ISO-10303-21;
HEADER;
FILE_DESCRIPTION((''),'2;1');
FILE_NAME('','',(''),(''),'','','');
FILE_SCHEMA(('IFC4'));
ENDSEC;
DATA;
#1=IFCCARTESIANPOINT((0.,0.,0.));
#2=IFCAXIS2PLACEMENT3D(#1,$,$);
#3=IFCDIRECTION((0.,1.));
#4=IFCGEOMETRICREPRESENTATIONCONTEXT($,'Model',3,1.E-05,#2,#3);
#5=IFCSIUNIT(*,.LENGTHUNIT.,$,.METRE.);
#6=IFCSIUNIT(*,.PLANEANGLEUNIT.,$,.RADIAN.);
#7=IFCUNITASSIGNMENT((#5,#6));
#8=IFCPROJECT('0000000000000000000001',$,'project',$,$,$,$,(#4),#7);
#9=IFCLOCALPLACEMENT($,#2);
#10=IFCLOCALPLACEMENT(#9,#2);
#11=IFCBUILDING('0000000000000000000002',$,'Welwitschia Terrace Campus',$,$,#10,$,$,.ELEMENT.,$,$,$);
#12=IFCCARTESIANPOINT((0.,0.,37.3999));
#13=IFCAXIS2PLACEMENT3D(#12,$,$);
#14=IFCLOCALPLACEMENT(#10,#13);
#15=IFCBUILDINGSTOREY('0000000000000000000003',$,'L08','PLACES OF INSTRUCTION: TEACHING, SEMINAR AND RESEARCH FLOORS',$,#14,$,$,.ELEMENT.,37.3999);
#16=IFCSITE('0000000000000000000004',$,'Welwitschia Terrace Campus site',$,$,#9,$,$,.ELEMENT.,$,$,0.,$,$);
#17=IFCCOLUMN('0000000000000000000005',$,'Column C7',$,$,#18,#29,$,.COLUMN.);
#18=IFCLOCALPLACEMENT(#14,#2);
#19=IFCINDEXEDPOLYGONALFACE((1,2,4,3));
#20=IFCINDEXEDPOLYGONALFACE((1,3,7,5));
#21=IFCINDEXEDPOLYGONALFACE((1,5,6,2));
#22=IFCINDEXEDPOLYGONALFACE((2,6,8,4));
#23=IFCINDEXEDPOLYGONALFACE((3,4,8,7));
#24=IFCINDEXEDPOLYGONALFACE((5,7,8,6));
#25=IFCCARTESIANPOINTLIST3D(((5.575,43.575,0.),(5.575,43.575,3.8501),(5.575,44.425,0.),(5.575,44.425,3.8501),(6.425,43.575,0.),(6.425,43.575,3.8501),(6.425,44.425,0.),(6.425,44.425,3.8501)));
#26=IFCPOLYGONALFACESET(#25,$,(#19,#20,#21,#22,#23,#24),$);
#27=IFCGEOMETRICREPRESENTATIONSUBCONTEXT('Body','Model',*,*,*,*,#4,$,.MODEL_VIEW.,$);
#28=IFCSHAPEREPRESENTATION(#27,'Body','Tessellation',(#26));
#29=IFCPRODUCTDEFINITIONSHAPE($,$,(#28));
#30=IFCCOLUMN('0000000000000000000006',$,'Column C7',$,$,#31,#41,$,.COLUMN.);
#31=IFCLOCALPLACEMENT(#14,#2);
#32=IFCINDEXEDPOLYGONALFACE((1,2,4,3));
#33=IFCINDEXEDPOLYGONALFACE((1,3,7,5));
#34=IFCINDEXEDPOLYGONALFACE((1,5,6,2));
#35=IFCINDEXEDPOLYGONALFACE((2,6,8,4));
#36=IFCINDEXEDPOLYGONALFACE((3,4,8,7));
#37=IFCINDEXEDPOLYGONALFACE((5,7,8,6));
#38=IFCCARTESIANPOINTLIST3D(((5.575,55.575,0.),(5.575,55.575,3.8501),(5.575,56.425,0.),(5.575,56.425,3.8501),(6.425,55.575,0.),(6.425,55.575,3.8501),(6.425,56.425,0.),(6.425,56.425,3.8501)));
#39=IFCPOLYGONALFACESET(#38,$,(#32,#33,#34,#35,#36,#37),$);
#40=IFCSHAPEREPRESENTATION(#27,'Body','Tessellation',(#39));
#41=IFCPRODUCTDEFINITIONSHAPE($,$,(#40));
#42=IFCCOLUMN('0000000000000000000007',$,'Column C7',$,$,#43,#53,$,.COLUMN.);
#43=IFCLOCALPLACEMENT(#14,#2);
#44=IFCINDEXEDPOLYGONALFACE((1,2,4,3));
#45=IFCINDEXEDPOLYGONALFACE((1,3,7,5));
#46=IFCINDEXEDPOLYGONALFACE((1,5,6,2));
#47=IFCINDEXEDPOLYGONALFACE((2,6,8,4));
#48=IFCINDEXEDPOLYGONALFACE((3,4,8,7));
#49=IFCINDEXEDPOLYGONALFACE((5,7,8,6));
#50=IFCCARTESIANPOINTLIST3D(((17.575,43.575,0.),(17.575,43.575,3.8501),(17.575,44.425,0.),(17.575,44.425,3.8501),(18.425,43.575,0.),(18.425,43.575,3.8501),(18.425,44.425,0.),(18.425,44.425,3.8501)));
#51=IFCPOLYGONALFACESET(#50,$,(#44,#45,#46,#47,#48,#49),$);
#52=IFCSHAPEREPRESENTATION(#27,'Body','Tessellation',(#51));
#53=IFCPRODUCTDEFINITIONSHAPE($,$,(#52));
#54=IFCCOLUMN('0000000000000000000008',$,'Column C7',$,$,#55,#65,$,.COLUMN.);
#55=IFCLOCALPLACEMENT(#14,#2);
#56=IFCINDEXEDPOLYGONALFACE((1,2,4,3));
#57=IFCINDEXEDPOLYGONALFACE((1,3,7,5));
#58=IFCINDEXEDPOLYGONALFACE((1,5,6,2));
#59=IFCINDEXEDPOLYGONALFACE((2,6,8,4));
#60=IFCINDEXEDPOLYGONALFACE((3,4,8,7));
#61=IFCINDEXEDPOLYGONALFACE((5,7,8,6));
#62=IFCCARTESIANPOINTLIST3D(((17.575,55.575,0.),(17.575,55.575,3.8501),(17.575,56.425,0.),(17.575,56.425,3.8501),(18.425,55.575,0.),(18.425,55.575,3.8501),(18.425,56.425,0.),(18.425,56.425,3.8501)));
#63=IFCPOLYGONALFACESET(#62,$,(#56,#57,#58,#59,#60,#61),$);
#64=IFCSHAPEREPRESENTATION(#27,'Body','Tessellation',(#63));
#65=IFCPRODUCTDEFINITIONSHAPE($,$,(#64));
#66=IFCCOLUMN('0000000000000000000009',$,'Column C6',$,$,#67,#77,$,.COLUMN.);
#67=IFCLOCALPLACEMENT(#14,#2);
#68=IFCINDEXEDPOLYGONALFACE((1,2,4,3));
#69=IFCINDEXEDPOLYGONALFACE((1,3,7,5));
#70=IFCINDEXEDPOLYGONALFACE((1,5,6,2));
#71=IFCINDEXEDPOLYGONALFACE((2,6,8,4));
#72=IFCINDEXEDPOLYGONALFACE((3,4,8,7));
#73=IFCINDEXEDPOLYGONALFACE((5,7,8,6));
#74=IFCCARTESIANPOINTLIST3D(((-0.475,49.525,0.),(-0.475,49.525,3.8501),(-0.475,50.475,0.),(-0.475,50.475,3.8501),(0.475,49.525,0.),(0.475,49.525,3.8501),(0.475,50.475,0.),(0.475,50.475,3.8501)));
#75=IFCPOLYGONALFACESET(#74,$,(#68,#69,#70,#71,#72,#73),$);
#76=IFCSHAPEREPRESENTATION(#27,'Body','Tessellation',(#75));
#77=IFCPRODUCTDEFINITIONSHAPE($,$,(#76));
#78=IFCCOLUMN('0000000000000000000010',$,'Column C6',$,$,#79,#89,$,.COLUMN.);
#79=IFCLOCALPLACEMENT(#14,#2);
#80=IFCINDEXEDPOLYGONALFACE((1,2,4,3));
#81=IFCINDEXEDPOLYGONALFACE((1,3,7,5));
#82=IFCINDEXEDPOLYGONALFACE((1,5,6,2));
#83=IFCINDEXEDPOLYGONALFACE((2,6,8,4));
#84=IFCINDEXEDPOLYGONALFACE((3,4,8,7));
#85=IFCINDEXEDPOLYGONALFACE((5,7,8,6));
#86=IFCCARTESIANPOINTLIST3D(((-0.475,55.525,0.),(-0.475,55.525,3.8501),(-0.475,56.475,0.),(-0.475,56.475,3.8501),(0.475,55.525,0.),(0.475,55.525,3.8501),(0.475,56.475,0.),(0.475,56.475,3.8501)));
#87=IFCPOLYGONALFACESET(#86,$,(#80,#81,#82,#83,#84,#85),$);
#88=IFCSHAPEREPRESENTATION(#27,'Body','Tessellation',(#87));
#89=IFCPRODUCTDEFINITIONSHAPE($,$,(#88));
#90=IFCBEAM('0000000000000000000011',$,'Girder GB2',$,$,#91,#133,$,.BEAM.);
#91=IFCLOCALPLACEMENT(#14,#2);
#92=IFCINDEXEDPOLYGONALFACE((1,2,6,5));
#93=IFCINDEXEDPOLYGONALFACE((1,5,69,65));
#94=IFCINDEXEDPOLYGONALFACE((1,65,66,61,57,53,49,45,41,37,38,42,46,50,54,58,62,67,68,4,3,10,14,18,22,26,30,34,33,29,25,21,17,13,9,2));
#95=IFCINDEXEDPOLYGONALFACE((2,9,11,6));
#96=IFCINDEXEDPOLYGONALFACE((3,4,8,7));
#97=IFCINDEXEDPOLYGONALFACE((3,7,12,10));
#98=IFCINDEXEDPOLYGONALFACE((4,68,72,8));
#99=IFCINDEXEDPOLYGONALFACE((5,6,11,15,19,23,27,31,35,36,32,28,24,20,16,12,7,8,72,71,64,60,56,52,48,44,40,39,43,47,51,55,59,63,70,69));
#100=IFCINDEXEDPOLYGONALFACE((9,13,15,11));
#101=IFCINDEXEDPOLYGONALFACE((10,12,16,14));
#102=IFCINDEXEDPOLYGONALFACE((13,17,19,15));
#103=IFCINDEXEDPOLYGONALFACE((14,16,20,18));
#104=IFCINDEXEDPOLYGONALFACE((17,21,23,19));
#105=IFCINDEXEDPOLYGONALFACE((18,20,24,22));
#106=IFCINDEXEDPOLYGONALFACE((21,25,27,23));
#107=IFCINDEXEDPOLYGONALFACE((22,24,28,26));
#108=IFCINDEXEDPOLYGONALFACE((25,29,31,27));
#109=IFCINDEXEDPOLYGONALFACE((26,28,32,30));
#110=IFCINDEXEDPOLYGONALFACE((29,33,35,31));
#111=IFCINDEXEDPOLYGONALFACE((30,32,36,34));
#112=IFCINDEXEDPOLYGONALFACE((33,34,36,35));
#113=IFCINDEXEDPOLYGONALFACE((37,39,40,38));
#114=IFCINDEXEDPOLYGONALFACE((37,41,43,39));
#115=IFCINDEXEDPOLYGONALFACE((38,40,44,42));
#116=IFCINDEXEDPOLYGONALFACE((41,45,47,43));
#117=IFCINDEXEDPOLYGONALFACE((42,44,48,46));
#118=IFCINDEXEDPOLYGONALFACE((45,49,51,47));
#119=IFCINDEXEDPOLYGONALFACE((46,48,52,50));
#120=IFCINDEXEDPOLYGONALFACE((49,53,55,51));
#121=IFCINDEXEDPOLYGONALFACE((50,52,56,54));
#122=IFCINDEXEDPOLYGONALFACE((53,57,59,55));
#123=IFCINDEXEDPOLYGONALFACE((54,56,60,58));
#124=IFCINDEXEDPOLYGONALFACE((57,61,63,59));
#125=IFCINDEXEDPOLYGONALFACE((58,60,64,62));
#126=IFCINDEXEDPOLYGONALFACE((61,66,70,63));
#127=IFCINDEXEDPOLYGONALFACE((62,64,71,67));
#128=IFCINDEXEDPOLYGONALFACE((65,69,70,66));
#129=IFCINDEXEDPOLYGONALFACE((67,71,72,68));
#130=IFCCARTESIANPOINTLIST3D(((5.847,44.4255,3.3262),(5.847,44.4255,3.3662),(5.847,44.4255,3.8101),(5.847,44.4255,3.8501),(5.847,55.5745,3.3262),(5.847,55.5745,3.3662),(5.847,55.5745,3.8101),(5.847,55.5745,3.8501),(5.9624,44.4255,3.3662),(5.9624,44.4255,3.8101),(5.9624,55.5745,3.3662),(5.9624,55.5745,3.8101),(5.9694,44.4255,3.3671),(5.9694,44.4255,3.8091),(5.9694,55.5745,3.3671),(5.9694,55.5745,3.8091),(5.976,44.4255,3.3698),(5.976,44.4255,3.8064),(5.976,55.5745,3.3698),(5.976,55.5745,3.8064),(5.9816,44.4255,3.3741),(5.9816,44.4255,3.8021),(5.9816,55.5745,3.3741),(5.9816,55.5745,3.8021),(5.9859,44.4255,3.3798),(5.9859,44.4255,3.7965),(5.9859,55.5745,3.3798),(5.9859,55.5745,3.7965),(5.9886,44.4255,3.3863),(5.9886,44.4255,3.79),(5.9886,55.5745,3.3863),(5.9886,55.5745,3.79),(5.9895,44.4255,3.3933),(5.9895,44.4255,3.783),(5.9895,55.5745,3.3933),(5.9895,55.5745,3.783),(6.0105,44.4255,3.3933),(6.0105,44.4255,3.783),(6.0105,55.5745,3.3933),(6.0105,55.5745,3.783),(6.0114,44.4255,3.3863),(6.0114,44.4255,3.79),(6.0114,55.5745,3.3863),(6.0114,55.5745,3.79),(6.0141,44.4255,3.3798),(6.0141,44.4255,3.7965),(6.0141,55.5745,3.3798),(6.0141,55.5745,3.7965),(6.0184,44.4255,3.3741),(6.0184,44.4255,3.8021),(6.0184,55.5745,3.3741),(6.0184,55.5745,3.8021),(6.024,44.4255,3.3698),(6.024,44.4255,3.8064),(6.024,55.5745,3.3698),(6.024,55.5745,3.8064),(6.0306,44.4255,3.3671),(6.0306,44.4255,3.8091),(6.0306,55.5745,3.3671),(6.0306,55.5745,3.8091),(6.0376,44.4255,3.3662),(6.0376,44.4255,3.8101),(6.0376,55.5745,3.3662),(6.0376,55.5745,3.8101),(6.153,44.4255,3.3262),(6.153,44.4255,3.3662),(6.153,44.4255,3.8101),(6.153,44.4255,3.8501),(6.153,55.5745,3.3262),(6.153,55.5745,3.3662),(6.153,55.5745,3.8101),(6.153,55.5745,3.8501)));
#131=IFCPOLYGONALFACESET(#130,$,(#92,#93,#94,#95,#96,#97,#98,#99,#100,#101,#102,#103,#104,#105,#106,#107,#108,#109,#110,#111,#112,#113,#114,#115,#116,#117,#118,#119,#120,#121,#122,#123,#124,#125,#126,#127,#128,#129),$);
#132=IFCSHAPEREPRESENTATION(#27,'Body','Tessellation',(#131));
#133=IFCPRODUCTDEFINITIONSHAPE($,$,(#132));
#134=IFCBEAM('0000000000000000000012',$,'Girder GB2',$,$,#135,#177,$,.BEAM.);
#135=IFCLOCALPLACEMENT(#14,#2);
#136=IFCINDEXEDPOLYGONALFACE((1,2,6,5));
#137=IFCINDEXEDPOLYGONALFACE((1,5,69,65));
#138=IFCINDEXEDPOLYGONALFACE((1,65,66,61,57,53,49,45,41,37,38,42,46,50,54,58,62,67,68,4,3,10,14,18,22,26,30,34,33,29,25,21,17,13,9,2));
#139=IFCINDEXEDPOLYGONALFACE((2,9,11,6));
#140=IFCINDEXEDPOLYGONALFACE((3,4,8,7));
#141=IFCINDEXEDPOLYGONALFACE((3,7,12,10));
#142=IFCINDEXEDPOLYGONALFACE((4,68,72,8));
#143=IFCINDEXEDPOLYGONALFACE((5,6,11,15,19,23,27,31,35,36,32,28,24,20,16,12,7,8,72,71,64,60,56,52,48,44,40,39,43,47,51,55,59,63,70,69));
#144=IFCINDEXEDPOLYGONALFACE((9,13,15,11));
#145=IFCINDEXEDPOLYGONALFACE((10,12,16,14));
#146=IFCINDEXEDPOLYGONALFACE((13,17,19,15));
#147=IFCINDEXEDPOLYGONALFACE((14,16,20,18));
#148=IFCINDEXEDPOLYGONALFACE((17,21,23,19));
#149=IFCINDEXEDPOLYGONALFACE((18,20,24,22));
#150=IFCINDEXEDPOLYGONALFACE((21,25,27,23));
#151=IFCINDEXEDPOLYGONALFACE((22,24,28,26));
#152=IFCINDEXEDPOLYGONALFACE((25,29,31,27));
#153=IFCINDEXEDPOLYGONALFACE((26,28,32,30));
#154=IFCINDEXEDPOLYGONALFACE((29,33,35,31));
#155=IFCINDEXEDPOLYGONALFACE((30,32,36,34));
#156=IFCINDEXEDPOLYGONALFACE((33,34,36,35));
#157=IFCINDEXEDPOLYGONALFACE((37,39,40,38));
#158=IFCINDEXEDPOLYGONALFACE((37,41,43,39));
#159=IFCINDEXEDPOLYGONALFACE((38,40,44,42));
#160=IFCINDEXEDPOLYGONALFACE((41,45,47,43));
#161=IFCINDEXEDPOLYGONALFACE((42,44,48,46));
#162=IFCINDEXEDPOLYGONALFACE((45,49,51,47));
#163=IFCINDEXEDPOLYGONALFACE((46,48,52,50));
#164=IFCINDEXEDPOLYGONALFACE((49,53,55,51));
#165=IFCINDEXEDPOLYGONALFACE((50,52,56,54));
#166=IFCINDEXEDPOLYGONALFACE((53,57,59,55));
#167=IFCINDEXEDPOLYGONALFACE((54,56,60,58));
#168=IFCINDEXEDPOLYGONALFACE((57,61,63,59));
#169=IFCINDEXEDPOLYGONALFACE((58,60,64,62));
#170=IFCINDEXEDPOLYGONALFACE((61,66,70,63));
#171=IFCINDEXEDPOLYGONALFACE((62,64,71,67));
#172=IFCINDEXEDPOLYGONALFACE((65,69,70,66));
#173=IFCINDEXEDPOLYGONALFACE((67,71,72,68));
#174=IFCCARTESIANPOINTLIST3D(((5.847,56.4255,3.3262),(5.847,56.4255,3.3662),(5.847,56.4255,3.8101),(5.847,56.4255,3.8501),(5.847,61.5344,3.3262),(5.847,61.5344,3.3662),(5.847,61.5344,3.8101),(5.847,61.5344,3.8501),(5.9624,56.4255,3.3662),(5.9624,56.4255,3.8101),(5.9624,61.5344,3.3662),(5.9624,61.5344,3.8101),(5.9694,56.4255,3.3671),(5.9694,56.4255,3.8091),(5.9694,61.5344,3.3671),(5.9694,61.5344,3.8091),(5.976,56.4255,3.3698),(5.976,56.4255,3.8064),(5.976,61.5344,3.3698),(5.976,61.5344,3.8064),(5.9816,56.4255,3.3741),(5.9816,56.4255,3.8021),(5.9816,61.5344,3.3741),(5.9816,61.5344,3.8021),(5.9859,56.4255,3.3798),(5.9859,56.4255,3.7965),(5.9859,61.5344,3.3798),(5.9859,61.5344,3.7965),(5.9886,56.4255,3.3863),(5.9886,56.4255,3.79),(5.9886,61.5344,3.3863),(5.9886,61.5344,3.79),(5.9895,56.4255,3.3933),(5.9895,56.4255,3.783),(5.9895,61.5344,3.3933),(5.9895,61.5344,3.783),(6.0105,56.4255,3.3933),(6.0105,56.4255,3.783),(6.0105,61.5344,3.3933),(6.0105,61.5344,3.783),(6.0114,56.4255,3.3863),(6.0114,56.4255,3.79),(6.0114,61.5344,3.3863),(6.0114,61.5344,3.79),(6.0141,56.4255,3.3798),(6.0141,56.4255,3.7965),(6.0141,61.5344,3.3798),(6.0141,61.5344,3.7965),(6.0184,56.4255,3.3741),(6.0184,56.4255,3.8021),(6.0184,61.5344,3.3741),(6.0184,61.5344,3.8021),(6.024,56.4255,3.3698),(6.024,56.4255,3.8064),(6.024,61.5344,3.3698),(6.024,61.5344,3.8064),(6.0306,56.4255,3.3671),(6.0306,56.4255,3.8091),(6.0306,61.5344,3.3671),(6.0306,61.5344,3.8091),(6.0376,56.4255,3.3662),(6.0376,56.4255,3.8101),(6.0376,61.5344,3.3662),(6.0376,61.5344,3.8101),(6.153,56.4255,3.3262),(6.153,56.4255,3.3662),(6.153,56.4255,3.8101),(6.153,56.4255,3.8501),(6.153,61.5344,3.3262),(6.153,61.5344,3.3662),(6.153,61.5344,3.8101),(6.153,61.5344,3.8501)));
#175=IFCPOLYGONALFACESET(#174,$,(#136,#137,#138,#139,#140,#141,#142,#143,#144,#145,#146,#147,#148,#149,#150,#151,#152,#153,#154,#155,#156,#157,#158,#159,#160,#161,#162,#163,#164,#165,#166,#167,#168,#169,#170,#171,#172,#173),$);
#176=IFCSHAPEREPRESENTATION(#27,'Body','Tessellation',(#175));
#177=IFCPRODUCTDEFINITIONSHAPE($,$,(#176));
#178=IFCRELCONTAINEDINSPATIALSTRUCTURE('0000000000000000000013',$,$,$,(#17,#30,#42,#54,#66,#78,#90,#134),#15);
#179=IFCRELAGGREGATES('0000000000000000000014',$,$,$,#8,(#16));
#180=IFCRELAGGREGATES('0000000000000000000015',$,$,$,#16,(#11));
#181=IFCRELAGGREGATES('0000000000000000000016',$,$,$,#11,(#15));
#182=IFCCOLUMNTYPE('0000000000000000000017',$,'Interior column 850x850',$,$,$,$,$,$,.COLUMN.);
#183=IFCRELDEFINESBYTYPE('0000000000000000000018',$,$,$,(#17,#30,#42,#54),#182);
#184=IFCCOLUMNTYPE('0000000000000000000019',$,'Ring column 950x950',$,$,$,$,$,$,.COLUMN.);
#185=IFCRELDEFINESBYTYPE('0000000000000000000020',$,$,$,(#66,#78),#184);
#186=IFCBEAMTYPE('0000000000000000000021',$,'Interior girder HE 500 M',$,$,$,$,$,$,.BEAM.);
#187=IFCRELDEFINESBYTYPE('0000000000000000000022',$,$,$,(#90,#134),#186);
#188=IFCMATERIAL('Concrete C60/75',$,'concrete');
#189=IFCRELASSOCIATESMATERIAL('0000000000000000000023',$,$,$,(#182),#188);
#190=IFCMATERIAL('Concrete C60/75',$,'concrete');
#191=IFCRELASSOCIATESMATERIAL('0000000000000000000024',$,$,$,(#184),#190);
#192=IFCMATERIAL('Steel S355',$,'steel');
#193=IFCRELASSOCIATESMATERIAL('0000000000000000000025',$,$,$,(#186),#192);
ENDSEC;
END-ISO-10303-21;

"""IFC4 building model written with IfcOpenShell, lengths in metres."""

from ifc_helpers import new_model, si_unit, direction, frame, origin, origin_2d, place, context, subcontext, project, spatial, rectangle, i_section, extrude, material, material_profile, profile_set, type_object, element, save


model = new_model("IFC4")

# Units and contexts
model_context = context("Model", 3, precision=1e-05, world=origin(), true_north=direction((0.0, 1.0)))
body_context = subcontext(model_context, "Body", "Model", "MODEL_VIEW")
ifc_project = project(units=[si_unit("LENGTHUNIT", "METRE"), si_unit("PLANEANGLEUNIT", "RADIAN")], contexts=[model_context])

# Site, building, storey
site_placement = place(None, origin())
site = spatial("IfcSite", under=ifc_project, at=site_placement, Name="Welwitschia Terrace Campus site", CompositionType="ELEMENT", RefElevation=0.0)
building_placement = place(site_placement, origin())
building = spatial("IfcBuilding", under=site, at=building_placement, Name="Welwitschia Terrace Campus", CompositionType="ELEMENT")
storey_placement = place(building_placement, frame((0.0, 0.0, 37.3999)))
storey = spatial("IfcBuildingStorey", under=building, at=storey_placement, Name="L08", Description="PLACES OF INSTRUCTION: TEACHING, SEMINAR AND RESEARCH FLOORS", CompositionType="ELEMENT", Elevation=37.3999)

# Columns
ifc_material_1 = material(Name="Concrete C60/75", Category="concrete")
ifc_material_profile_1 = material_profile(ifc_material_1, rectangle(XDim=0.8501, YDim=0.8501, at=origin_2d()))
ifc_profile_set_1 = profile_set([ifc_material_profile_1], Name="Concrete C60/75")
column_type_1 = type_object("IfcColumnType", Name="Interior column 850x850", PredefinedType="COLUMN", material=ifc_profile_set_1)
for number, where, z_axis, x_axis, name in (
    (1, (6.0, 44.0, 0.0), (0.0, 0.0, 1.0), (1.0, 0.0, 0.0), "Column C7"),
    (2, (6.0, 56.0, 0.0), (0.0, 0.0, 1.0), (1.0, 0.0, 0.0), "Column C7"),
    (3, (18.0, 44.0, 0.0), (0.0, 0.0, 1.0), (1.0, 0.0, 0.0), "Column C7"),
    (4, (18.0, 56.0, 0.0), (0.0, 0.0, 1.0), (1.0, 0.0, 0.0), "Column C7"),
):
    element("IfcColumn", number, at=place(storey_placement, frame(where, z_axis=z_axis, x_axis=x_axis)), inside=storey, type_object=column_type_1, Name=name, PredefinedType="COLUMN", context=body_context, shape_type="SweptSolid", body=[
        extrude(rectangle(XDim=0.8501, YDim=0.8501, at=origin_2d()), origin(), (0.0, 0.0, 1.0), 3.8501),
    ])
ifc_material_2 = material(Name="Concrete C60/75", Category="concrete")
ifc_material_profile_2 = material_profile(ifc_material_2, rectangle(XDim=0.95, YDim=0.95, at=origin_2d()))
ifc_profile_set_2 = profile_set([ifc_material_profile_2], Name="Concrete C60/75")
column_type_2 = type_object("IfcColumnType", Name="Ring column 950x950", PredefinedType="COLUMN", material=ifc_profile_set_2)
for number, where, z_axis, x_axis, name in (
    (5, (0.0, 50.0, 0.0), (0.0, 0.0, 1.0), (1.0, 0.0, 0.0), "Column C6"),
    (6, (0.0, 56.0, 0.0), (0.0, 0.0, 1.0), (1.0, 0.0, 0.0), "Column C6"),
):
    element("IfcColumn", number, at=place(storey_placement, frame(where, z_axis=z_axis, x_axis=x_axis)), inside=storey, type_object=column_type_2, Name=name, PredefinedType="COLUMN", context=body_context, shape_type="SweptSolid", body=[
        extrude(rectangle(XDim=0.95, YDim=0.95, at=origin_2d()), origin(), (0.0, 0.0, 1.0), 3.8501),
    ])

# Beams
ifc_material_3 = material(Name="Steel S355", Category="steel")
ifc_material_profile_3 = material_profile(ifc_material_3, i_section(OverallWidth=0.3059, OverallDepth=0.5239, WebThickness=0.021, FlangeThickness=0.04, FilletRadius=0.0271, at=origin_2d()))
ifc_profile_set_3 = profile_set([ifc_material_profile_3], Name="Steel S355")
beam_type_1 = type_object("IfcBeamType", Name="Interior girder HE 500 M", PredefinedType="BEAM", material=ifc_profile_set_3)
beam_1_placement = place(storey_placement, frame((6.0, 44.4255, 3.5881), z_axis=(0.0, 1.0, 0.0), x_axis=(-1.0, 0.0, 0.0)))
element("IfcBeam", 7, at=beam_1_placement, inside=storey, type_object=beam_type_1, Name="Girder GB2", PredefinedType="BEAM", context=body_context, shape_type="SweptSolid", body=[
    extrude(i_section(OverallWidth=0.3059, OverallDepth=0.5239, WebThickness=0.021, FlangeThickness=0.04, FilletRadius=0.0271, at=origin_2d()), origin(), (0.0, 0.0, 1.0), 11.1489),
])
beam_2_placement = place(storey_placement, frame((6.0, 56.4255, 3.5881), z_axis=(0.0, 1.0, 0.0), x_axis=(-1.0, 0.0, 0.0)))
element("IfcBeam", 8, at=beam_2_placement, inside=storey, type_object=beam_type_1, Name="Girder GB2", PredefinedType="BEAM", context=body_context, shape_type="SweptSolid", body=[
    extrude(i_section(OverallWidth=0.3059, OverallDepth=0.5239, WebThickness=0.021, FlangeThickness=0.04, FilletRadius=0.0271, at=origin_2d()), origin(), (0.0, 0.0, 1.0), 5.1089),
])

save(model, "model.ifc")
